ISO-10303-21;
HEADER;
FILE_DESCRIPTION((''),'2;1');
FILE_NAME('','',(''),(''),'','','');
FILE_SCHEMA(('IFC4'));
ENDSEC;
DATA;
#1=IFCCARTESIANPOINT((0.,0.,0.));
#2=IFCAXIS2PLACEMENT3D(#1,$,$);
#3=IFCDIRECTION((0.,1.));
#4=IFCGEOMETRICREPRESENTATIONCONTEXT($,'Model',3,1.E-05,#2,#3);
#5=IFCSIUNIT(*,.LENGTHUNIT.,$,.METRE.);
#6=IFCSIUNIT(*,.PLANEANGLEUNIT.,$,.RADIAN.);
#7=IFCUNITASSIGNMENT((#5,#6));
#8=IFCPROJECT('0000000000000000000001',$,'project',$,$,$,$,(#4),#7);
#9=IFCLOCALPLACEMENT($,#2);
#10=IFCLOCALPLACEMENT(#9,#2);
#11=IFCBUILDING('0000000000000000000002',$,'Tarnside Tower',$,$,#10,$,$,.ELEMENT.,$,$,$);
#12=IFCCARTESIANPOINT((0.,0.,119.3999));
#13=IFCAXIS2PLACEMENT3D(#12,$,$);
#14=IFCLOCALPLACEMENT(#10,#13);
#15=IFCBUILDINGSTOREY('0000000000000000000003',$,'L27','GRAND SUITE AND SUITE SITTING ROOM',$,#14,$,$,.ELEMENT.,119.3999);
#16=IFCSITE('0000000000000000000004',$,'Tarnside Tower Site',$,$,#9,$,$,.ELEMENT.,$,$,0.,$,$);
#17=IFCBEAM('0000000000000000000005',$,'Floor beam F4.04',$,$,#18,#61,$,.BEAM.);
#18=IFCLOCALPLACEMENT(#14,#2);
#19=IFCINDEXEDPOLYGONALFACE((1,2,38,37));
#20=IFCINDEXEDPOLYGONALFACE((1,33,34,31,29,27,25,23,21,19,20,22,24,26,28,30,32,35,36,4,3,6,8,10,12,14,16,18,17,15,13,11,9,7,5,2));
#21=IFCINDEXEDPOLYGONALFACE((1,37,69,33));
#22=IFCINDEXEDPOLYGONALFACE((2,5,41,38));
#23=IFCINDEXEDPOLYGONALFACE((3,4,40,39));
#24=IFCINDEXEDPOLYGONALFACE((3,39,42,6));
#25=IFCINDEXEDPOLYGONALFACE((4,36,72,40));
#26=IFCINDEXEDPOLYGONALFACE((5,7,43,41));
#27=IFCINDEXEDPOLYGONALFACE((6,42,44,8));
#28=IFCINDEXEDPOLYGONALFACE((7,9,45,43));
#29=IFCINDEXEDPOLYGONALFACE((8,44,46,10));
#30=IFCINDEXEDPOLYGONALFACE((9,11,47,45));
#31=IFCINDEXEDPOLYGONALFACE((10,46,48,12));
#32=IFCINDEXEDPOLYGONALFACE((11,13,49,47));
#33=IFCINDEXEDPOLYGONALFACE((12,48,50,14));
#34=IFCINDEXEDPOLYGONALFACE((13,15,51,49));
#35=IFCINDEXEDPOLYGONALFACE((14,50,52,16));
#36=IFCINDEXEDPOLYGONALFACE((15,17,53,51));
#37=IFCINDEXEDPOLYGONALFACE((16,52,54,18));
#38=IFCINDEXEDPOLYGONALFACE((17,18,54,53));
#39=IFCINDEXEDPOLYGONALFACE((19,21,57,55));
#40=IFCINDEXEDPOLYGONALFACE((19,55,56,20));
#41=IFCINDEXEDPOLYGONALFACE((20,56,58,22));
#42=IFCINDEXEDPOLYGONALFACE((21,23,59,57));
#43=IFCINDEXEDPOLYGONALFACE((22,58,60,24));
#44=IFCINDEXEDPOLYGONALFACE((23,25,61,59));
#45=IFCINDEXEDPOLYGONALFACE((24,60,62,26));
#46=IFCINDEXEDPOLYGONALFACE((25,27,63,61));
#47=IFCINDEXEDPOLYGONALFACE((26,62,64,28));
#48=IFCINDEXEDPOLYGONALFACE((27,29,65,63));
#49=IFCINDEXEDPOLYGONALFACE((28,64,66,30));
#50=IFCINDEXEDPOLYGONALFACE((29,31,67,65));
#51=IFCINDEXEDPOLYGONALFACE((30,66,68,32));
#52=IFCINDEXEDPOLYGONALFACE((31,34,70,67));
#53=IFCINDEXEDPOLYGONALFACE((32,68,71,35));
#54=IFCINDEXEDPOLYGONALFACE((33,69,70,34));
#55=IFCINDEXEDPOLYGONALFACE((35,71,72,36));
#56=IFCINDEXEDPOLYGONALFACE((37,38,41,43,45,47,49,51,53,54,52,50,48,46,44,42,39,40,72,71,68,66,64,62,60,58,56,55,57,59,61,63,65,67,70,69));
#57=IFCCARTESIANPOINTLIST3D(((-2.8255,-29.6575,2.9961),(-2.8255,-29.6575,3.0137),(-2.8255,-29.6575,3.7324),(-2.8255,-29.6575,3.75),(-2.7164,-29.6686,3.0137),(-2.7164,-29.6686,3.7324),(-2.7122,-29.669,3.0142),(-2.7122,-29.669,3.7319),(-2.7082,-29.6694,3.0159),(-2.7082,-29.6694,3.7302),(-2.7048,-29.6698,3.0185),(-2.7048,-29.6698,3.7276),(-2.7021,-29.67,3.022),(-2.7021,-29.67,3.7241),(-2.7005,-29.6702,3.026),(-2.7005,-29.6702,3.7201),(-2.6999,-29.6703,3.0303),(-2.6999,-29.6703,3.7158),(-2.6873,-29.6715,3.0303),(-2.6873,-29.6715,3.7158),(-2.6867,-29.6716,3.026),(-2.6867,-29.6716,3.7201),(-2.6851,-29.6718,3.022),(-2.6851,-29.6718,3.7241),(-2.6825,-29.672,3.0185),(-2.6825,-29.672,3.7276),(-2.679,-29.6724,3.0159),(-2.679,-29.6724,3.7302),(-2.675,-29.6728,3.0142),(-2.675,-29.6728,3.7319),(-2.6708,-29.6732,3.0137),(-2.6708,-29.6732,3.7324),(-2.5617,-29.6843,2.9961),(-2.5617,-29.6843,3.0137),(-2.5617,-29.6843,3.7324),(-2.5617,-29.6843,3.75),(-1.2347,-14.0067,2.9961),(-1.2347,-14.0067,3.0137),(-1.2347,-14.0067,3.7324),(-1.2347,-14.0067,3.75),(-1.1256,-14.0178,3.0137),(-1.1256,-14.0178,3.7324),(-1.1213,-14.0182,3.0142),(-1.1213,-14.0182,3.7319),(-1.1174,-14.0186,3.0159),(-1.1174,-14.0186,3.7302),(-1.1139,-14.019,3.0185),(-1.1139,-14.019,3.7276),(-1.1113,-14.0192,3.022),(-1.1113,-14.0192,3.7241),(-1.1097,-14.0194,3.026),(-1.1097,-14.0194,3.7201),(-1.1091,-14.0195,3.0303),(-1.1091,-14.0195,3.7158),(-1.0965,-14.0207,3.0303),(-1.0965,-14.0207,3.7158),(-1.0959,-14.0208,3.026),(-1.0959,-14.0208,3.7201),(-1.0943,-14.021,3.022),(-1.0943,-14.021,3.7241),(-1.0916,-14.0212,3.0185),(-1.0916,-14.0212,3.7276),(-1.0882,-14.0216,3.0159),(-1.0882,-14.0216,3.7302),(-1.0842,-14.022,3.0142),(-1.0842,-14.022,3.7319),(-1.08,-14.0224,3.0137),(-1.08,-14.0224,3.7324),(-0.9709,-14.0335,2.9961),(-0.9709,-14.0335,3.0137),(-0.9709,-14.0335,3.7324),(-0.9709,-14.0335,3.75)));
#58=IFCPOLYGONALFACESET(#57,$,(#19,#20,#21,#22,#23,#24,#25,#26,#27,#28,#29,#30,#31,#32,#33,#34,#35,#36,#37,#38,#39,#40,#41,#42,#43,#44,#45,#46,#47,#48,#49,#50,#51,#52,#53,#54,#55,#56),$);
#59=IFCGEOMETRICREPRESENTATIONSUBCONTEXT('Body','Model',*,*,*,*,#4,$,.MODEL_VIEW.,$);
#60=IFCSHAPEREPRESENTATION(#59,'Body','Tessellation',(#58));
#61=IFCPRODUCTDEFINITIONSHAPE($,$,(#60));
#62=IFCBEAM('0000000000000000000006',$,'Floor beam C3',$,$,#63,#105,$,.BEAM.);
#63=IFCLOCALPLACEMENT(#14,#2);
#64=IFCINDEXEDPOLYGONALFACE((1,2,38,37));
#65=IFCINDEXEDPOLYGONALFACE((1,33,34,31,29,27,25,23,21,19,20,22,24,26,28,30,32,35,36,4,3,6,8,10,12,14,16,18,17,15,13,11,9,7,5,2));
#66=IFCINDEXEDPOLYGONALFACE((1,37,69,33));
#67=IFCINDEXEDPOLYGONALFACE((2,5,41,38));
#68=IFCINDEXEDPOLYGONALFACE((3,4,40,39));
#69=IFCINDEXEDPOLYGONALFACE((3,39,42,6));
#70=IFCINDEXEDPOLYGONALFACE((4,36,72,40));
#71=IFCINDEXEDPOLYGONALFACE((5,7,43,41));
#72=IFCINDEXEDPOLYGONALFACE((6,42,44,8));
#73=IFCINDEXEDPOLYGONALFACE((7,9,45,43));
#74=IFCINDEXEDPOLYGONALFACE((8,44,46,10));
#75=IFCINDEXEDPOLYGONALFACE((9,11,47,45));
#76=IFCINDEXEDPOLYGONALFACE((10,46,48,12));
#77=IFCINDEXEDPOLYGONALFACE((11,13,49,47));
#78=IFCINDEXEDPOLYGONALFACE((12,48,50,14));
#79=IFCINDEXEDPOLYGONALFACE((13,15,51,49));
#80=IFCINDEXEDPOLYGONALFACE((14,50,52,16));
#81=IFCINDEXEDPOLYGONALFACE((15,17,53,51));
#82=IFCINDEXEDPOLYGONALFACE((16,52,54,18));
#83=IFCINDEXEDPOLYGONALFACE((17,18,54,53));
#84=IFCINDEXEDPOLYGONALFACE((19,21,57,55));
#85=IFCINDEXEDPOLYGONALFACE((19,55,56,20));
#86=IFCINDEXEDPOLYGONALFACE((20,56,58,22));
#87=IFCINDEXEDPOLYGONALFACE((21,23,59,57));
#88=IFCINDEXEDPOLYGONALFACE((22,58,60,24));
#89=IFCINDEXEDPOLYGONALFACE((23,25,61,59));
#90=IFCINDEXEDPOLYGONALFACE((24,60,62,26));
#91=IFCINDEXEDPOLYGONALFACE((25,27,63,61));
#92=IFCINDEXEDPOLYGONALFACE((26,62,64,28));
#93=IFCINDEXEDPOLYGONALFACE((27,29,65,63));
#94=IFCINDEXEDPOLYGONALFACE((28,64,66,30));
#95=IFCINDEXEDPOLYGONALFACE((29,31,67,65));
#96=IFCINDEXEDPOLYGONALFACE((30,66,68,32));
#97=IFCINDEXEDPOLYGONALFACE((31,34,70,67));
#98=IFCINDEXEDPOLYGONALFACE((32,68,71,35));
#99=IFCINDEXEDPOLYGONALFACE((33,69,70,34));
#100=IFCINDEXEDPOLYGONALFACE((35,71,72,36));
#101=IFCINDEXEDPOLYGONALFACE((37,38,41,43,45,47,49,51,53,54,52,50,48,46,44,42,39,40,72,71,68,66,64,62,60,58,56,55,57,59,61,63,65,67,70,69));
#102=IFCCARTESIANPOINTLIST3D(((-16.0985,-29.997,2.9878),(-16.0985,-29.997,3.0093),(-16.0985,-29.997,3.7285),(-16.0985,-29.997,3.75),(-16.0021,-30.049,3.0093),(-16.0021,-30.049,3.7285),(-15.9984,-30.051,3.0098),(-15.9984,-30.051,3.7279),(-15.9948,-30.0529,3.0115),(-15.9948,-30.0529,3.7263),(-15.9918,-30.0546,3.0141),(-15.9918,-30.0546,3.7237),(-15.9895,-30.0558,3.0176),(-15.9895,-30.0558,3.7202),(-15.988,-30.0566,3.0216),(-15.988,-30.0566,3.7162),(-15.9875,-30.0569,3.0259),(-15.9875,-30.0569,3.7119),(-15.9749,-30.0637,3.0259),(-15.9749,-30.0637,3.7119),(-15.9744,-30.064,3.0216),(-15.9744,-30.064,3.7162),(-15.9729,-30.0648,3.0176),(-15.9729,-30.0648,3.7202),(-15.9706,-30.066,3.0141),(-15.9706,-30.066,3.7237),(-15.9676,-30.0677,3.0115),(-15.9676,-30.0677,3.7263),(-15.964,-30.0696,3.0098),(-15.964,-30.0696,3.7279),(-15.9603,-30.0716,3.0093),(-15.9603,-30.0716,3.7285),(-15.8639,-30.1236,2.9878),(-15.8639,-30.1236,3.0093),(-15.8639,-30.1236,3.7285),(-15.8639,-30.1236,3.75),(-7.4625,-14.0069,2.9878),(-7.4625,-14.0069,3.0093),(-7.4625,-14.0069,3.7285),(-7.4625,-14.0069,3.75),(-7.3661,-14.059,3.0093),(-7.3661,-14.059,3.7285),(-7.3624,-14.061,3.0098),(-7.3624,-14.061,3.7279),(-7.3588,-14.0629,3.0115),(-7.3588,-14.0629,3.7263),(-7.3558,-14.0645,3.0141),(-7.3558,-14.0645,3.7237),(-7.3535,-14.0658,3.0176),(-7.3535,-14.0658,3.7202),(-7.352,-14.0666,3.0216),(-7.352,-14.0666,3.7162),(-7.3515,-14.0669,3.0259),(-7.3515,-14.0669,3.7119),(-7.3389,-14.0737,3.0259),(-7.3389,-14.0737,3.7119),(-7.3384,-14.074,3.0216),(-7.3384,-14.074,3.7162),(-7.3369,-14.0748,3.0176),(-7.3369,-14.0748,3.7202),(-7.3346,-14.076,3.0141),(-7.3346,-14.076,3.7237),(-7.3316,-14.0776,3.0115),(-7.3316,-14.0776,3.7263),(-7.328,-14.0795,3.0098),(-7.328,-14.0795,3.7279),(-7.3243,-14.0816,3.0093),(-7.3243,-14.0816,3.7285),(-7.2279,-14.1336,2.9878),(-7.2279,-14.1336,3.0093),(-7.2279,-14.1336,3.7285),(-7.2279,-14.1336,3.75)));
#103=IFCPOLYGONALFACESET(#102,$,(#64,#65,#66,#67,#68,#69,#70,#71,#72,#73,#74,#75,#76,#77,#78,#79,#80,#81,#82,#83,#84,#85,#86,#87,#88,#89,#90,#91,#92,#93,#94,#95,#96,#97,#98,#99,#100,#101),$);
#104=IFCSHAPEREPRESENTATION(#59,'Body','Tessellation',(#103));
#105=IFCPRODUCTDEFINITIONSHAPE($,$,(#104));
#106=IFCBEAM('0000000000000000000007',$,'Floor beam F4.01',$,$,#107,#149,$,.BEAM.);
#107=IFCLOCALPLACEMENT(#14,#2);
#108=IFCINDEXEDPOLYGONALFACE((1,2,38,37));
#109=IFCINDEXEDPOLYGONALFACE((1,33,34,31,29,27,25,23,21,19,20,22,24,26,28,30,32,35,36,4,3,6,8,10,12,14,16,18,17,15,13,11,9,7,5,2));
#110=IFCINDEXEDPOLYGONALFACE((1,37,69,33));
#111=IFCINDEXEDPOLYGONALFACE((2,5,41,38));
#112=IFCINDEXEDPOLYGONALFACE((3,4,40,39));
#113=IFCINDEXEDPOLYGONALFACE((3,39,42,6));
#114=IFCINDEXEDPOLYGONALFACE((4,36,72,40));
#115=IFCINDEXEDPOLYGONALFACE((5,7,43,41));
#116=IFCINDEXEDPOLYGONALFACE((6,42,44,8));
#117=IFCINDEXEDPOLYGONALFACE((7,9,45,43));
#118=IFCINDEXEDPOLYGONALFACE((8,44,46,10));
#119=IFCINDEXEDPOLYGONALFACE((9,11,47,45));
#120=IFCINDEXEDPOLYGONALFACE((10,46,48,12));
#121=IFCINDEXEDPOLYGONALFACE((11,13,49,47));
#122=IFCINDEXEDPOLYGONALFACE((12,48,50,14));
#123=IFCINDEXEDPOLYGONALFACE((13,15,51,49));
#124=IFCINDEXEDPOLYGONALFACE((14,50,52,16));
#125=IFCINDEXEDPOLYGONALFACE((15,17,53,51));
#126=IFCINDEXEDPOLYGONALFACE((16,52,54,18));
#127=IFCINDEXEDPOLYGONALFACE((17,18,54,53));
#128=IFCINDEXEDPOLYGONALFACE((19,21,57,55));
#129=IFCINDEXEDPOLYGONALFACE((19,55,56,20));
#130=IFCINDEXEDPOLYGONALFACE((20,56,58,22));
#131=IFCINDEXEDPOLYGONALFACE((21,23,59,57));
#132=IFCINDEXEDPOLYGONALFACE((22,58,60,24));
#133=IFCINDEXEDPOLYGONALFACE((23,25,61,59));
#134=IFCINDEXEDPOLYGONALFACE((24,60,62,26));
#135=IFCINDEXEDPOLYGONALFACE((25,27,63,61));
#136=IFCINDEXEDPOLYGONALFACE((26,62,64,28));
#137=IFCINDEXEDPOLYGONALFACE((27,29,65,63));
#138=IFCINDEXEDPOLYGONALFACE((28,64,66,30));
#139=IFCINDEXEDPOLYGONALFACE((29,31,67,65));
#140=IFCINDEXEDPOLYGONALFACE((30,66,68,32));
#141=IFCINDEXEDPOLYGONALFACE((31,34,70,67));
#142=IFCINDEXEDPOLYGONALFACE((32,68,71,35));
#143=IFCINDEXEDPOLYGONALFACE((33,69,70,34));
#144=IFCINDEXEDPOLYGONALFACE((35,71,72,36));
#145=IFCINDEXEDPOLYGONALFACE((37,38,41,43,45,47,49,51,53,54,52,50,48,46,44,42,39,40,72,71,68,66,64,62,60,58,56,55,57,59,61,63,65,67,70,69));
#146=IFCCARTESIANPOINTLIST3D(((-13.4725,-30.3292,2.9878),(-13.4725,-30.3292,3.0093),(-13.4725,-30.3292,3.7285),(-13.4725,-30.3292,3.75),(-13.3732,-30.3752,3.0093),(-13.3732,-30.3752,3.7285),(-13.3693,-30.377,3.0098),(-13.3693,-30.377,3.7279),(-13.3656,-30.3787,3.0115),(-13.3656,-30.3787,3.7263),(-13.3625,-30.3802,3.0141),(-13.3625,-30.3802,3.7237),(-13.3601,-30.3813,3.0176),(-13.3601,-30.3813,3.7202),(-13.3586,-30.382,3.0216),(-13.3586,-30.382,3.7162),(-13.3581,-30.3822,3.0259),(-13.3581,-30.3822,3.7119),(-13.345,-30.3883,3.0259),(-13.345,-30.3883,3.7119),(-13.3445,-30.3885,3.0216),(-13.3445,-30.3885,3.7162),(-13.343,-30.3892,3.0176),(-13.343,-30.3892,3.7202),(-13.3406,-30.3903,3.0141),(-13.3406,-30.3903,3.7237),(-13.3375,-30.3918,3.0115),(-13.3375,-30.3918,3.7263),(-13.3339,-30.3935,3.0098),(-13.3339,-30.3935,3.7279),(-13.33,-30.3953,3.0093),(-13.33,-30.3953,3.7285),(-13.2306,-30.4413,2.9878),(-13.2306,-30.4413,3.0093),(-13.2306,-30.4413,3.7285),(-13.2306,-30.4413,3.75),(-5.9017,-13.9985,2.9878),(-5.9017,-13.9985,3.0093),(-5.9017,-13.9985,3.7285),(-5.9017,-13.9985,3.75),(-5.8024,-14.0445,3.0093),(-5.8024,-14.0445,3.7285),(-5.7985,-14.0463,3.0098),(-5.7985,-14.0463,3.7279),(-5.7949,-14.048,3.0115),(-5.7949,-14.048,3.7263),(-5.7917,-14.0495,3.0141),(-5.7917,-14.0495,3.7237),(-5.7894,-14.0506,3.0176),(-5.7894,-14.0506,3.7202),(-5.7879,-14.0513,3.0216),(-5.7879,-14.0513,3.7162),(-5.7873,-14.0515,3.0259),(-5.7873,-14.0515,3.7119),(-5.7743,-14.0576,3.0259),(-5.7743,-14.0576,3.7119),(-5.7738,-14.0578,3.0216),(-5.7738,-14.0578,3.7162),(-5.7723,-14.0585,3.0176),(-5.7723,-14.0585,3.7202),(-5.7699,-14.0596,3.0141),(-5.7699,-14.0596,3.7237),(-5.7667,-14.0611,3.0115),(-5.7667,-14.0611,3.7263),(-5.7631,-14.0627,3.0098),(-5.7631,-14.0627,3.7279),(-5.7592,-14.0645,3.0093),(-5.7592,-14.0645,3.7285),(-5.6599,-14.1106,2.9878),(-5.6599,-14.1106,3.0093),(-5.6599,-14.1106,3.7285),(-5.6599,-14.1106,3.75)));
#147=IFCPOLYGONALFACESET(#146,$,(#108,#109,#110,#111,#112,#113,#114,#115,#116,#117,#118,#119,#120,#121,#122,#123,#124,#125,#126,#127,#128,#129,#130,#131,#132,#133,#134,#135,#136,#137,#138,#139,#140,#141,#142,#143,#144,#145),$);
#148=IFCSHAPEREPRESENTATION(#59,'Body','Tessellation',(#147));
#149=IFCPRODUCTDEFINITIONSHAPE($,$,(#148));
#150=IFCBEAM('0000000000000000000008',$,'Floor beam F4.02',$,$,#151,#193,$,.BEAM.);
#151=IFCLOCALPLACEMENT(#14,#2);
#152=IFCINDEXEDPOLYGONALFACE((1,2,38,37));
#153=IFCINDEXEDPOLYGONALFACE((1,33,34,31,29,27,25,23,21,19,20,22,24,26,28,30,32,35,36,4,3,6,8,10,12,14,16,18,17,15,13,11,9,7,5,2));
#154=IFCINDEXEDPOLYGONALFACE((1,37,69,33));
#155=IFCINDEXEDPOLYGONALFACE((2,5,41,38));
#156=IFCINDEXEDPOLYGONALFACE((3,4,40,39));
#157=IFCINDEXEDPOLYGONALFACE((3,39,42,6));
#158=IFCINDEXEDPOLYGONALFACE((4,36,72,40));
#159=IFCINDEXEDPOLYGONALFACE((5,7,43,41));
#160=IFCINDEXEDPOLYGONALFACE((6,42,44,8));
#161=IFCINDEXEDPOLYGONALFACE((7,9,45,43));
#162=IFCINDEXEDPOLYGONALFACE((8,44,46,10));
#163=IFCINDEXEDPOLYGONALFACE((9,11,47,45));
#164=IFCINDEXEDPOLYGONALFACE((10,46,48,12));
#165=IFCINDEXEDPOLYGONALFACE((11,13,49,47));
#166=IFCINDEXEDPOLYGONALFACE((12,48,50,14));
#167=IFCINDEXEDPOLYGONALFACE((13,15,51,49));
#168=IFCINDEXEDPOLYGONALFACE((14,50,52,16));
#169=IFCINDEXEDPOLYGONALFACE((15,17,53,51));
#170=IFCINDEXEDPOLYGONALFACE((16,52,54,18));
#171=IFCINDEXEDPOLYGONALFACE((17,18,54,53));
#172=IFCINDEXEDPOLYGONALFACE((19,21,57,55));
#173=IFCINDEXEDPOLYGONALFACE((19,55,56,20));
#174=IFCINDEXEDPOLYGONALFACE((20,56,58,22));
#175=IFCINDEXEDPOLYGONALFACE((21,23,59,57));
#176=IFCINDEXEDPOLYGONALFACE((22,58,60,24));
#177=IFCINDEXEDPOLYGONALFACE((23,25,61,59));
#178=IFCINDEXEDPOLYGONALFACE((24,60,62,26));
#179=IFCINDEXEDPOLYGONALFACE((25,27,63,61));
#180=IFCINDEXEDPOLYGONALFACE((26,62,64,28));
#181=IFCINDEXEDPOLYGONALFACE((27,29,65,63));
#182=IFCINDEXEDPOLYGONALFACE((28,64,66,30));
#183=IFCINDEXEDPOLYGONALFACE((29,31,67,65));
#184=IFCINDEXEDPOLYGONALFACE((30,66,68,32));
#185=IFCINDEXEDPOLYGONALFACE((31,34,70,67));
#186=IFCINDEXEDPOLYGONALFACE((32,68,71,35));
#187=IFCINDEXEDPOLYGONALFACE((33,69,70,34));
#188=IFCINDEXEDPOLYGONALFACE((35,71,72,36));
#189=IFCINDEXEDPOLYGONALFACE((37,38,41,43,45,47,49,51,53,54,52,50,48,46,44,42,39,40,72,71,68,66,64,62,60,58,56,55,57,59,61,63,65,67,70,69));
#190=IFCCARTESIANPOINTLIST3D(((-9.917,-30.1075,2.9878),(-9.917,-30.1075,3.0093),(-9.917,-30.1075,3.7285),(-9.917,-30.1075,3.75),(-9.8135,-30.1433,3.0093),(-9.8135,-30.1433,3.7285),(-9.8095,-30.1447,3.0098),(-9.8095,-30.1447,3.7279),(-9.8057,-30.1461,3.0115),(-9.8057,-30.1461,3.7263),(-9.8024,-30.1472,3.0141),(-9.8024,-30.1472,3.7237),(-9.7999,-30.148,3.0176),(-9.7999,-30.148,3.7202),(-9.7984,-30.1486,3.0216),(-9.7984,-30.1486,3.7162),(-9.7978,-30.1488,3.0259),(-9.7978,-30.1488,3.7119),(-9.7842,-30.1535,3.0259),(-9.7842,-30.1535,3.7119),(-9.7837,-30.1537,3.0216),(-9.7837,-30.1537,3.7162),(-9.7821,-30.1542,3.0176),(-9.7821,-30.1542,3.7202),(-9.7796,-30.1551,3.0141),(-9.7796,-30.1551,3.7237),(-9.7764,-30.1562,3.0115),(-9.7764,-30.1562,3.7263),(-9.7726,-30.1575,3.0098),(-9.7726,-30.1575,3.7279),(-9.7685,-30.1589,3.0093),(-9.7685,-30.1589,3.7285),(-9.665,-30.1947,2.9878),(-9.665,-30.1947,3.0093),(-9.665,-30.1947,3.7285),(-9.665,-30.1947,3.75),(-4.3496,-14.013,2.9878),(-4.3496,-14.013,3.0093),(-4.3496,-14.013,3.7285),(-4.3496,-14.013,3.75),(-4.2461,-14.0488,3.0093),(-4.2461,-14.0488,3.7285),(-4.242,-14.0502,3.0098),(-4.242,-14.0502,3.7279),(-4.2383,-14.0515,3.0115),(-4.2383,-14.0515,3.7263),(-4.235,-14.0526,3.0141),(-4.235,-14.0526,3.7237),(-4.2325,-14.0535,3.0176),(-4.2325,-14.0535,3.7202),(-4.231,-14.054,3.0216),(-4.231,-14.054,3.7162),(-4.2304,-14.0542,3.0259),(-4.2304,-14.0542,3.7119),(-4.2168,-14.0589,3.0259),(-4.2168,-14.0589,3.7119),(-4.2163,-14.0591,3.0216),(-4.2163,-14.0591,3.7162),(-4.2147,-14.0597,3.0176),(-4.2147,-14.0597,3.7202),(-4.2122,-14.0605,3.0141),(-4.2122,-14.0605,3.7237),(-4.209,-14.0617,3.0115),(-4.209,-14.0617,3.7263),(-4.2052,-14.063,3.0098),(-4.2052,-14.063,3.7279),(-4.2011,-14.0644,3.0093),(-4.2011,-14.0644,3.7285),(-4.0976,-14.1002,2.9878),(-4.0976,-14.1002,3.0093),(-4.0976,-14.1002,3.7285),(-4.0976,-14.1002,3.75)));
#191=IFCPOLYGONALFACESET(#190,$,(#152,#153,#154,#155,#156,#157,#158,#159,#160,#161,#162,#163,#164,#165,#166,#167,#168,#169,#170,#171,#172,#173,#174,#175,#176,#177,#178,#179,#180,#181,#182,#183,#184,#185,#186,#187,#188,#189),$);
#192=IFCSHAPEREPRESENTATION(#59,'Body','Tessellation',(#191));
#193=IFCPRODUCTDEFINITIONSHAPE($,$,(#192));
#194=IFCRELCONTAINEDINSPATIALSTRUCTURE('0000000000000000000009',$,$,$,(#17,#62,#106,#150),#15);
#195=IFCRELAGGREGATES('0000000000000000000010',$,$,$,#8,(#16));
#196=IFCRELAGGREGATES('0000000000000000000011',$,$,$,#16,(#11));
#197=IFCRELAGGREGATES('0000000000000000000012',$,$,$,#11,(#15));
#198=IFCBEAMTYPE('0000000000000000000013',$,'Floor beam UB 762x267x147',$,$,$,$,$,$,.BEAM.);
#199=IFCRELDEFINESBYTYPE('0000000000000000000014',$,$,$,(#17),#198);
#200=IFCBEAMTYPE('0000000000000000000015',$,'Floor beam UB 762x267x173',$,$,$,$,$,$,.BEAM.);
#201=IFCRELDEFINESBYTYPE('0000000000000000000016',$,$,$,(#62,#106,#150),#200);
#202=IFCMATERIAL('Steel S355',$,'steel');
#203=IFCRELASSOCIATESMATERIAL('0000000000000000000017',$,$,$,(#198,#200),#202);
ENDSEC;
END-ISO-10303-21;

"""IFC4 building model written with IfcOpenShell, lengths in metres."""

from ifc_helpers import new_model, si_unit, direction, frame, origin, origin_2d, place, context, subcontext, project, spatial, i_section, extrude, material, material_profile, profile_set, type_object, element, save


model = new_model("IFC4")

# Units and contexts
model_context = context("Model", 3, precision=1e-05, world=origin(), true_north=direction((0.0, 1.0)))
body_context = subcontext(model_context, "Body", "Model", "MODEL_VIEW")
ifc_project = project(units=[si_unit("LENGTHUNIT", "METRE"), si_unit("PLANEANGLEUNIT", "RADIAN")], contexts=[model_context])

# Site, building, storey
site_placement = place(None, origin())
site = spatial("IfcSite", under=ifc_project, at=site_placement, Name="Tarnside Tower Site", CompositionType="ELEMENT", RefElevation=0.0)
building_placement = place(site_placement, origin())
building = spatial("IfcBuilding", under=site, at=building_placement, Name="Tarnside Tower", CompositionType="ELEMENT")
storey_placement = place(building_placement, frame((0.0, 0.0, 119.3999)))
storey = spatial("IfcBuildingStorey", under=building, at=storey_placement, Name="L27", Description="GRAND SUITE AND SUITE SITTING ROOM", CompositionType="ELEMENT", Elevation=119.3999)

# Beams
ifc_material_1 = material(Name="Steel S355", Category="steel")
ifc_material_profile_1 = material_profile(ifc_material_1, i_section(OverallWidth=0.2651, OverallDepth=0.7539, WebThickness=0.0127, FlangeThickness=0.0176, FilletRadius=0.0166, at=origin_2d()), Name="UB 762x267x147")
ifc_profile_set_1 = profile_set([ifc_material_profile_1], Name="Steel S355")
beam_type_1 = type_object("IfcBeamType", Name="Floor beam UB 762x267x147", PredefinedType="BEAM", material=ifc_profile_set_1)
beam_1_placement = place(storey_placement, frame((-2.6936, -29.6709, 3.373), z_axis=(0.101123, 0.994874, 0.0), x_axis=(-0.994874, 0.101123, 0.0)))
element("IfcBeam", 1, at=beam_1_placement, inside=storey, type_object=beam_type_1, Name="Floor beam F4.04", PredefinedType="BEAM", context=body_context, shape_type="SweptSolid", body=[
    extrude(i_section(OverallWidth=0.2651, OverallDepth=0.7539, WebThickness=0.0127, FlangeThickness=0.0176, FilletRadius=0.0166, at=origin_2d()), origin(), (0.0, 0.0, 1.0), 15.7314),
])
ifc_material_profile_2 = material_profile(ifc_material_1, i_section(OverallWidth=0.2666, OverallDepth=0.7622, WebThickness=0.0144, FlangeThickness=0.0215, FilletRadius=0.0166, at=origin_2d()), Name="UB 762x267x173")
ifc_profile_set_2 = profile_set([ifc_material_profile_2], Name="Steel S355")
beam_type_2 = type_object("IfcBeamType", Name="Floor beam UB 762x267x173", PredefinedType="BEAM", material=ifc_profile_set_2)
beam_2_placement = place(storey_placement, frame((-15.9812, -30.0603, 3.3689), z_axis=(0.475208, 0.879873, 0.0), x_axis=(-0.879873, 0.475208, 0.0)))
element("IfcBeam", 2, at=beam_2_placement, inside=storey, type_object=beam_type_2, Name="Floor beam C3", PredefinedType="BEAM", context=body_context, shape_type="SweptSolid", body=[
    extrude(i_section(OverallWidth=0.2666, OverallDepth=0.7622, WebThickness=0.0144, FlangeThickness=0.0215, FilletRadius=0.0166, at=origin_2d()), origin(), (0.0, 0.0, 1.0), 18.1731),
])
beam_3_placement = place(storey_placement, frame((-13.3516, -30.3853, 3.3689), z_axis=(0.420592, 0.90725, 0.0), x_axis=(-0.90725, 0.420592, 0.0)))
element("IfcBeam", 3, at=beam_3_placement, inside=storey, type_object=beam_type_2, Name="Floor beam F4.01", PredefinedType="BEAM", context=body_context, shape_type="SweptSolid", body=[
    extrude(i_section(OverallWidth=0.2666, OverallDepth=0.7622, WebThickness=0.0144, FlangeThickness=0.0215, FilletRadius=0.0166, at=origin_2d()), origin(), (0.0, 0.0, 1.0), 18.0002),
])
beam_4_placement = place(storey_placement, frame((-9.791, -30.1511, 3.3689), z_axis=(0.326912, 0.945055, 0.0), x_axis=(-0.945055, 0.326912, 0.0)))
element("IfcBeam", 4, at=beam_4_placement, inside=storey, type_object=beam_type_2, Name="Floor beam F4.02", PredefinedType="BEAM", context=body_context, shape_type="SweptSolid", body=[
    extrude(i_section(OverallWidth=0.2666, OverallDepth=0.7622, WebThickness=0.0144, FlangeThickness=0.0215, FilletRadius=0.0166, at=origin_2d()), origin(), (0.0, 0.0, 1.0), 17.0303),
])

save(model, "model.ifc")
